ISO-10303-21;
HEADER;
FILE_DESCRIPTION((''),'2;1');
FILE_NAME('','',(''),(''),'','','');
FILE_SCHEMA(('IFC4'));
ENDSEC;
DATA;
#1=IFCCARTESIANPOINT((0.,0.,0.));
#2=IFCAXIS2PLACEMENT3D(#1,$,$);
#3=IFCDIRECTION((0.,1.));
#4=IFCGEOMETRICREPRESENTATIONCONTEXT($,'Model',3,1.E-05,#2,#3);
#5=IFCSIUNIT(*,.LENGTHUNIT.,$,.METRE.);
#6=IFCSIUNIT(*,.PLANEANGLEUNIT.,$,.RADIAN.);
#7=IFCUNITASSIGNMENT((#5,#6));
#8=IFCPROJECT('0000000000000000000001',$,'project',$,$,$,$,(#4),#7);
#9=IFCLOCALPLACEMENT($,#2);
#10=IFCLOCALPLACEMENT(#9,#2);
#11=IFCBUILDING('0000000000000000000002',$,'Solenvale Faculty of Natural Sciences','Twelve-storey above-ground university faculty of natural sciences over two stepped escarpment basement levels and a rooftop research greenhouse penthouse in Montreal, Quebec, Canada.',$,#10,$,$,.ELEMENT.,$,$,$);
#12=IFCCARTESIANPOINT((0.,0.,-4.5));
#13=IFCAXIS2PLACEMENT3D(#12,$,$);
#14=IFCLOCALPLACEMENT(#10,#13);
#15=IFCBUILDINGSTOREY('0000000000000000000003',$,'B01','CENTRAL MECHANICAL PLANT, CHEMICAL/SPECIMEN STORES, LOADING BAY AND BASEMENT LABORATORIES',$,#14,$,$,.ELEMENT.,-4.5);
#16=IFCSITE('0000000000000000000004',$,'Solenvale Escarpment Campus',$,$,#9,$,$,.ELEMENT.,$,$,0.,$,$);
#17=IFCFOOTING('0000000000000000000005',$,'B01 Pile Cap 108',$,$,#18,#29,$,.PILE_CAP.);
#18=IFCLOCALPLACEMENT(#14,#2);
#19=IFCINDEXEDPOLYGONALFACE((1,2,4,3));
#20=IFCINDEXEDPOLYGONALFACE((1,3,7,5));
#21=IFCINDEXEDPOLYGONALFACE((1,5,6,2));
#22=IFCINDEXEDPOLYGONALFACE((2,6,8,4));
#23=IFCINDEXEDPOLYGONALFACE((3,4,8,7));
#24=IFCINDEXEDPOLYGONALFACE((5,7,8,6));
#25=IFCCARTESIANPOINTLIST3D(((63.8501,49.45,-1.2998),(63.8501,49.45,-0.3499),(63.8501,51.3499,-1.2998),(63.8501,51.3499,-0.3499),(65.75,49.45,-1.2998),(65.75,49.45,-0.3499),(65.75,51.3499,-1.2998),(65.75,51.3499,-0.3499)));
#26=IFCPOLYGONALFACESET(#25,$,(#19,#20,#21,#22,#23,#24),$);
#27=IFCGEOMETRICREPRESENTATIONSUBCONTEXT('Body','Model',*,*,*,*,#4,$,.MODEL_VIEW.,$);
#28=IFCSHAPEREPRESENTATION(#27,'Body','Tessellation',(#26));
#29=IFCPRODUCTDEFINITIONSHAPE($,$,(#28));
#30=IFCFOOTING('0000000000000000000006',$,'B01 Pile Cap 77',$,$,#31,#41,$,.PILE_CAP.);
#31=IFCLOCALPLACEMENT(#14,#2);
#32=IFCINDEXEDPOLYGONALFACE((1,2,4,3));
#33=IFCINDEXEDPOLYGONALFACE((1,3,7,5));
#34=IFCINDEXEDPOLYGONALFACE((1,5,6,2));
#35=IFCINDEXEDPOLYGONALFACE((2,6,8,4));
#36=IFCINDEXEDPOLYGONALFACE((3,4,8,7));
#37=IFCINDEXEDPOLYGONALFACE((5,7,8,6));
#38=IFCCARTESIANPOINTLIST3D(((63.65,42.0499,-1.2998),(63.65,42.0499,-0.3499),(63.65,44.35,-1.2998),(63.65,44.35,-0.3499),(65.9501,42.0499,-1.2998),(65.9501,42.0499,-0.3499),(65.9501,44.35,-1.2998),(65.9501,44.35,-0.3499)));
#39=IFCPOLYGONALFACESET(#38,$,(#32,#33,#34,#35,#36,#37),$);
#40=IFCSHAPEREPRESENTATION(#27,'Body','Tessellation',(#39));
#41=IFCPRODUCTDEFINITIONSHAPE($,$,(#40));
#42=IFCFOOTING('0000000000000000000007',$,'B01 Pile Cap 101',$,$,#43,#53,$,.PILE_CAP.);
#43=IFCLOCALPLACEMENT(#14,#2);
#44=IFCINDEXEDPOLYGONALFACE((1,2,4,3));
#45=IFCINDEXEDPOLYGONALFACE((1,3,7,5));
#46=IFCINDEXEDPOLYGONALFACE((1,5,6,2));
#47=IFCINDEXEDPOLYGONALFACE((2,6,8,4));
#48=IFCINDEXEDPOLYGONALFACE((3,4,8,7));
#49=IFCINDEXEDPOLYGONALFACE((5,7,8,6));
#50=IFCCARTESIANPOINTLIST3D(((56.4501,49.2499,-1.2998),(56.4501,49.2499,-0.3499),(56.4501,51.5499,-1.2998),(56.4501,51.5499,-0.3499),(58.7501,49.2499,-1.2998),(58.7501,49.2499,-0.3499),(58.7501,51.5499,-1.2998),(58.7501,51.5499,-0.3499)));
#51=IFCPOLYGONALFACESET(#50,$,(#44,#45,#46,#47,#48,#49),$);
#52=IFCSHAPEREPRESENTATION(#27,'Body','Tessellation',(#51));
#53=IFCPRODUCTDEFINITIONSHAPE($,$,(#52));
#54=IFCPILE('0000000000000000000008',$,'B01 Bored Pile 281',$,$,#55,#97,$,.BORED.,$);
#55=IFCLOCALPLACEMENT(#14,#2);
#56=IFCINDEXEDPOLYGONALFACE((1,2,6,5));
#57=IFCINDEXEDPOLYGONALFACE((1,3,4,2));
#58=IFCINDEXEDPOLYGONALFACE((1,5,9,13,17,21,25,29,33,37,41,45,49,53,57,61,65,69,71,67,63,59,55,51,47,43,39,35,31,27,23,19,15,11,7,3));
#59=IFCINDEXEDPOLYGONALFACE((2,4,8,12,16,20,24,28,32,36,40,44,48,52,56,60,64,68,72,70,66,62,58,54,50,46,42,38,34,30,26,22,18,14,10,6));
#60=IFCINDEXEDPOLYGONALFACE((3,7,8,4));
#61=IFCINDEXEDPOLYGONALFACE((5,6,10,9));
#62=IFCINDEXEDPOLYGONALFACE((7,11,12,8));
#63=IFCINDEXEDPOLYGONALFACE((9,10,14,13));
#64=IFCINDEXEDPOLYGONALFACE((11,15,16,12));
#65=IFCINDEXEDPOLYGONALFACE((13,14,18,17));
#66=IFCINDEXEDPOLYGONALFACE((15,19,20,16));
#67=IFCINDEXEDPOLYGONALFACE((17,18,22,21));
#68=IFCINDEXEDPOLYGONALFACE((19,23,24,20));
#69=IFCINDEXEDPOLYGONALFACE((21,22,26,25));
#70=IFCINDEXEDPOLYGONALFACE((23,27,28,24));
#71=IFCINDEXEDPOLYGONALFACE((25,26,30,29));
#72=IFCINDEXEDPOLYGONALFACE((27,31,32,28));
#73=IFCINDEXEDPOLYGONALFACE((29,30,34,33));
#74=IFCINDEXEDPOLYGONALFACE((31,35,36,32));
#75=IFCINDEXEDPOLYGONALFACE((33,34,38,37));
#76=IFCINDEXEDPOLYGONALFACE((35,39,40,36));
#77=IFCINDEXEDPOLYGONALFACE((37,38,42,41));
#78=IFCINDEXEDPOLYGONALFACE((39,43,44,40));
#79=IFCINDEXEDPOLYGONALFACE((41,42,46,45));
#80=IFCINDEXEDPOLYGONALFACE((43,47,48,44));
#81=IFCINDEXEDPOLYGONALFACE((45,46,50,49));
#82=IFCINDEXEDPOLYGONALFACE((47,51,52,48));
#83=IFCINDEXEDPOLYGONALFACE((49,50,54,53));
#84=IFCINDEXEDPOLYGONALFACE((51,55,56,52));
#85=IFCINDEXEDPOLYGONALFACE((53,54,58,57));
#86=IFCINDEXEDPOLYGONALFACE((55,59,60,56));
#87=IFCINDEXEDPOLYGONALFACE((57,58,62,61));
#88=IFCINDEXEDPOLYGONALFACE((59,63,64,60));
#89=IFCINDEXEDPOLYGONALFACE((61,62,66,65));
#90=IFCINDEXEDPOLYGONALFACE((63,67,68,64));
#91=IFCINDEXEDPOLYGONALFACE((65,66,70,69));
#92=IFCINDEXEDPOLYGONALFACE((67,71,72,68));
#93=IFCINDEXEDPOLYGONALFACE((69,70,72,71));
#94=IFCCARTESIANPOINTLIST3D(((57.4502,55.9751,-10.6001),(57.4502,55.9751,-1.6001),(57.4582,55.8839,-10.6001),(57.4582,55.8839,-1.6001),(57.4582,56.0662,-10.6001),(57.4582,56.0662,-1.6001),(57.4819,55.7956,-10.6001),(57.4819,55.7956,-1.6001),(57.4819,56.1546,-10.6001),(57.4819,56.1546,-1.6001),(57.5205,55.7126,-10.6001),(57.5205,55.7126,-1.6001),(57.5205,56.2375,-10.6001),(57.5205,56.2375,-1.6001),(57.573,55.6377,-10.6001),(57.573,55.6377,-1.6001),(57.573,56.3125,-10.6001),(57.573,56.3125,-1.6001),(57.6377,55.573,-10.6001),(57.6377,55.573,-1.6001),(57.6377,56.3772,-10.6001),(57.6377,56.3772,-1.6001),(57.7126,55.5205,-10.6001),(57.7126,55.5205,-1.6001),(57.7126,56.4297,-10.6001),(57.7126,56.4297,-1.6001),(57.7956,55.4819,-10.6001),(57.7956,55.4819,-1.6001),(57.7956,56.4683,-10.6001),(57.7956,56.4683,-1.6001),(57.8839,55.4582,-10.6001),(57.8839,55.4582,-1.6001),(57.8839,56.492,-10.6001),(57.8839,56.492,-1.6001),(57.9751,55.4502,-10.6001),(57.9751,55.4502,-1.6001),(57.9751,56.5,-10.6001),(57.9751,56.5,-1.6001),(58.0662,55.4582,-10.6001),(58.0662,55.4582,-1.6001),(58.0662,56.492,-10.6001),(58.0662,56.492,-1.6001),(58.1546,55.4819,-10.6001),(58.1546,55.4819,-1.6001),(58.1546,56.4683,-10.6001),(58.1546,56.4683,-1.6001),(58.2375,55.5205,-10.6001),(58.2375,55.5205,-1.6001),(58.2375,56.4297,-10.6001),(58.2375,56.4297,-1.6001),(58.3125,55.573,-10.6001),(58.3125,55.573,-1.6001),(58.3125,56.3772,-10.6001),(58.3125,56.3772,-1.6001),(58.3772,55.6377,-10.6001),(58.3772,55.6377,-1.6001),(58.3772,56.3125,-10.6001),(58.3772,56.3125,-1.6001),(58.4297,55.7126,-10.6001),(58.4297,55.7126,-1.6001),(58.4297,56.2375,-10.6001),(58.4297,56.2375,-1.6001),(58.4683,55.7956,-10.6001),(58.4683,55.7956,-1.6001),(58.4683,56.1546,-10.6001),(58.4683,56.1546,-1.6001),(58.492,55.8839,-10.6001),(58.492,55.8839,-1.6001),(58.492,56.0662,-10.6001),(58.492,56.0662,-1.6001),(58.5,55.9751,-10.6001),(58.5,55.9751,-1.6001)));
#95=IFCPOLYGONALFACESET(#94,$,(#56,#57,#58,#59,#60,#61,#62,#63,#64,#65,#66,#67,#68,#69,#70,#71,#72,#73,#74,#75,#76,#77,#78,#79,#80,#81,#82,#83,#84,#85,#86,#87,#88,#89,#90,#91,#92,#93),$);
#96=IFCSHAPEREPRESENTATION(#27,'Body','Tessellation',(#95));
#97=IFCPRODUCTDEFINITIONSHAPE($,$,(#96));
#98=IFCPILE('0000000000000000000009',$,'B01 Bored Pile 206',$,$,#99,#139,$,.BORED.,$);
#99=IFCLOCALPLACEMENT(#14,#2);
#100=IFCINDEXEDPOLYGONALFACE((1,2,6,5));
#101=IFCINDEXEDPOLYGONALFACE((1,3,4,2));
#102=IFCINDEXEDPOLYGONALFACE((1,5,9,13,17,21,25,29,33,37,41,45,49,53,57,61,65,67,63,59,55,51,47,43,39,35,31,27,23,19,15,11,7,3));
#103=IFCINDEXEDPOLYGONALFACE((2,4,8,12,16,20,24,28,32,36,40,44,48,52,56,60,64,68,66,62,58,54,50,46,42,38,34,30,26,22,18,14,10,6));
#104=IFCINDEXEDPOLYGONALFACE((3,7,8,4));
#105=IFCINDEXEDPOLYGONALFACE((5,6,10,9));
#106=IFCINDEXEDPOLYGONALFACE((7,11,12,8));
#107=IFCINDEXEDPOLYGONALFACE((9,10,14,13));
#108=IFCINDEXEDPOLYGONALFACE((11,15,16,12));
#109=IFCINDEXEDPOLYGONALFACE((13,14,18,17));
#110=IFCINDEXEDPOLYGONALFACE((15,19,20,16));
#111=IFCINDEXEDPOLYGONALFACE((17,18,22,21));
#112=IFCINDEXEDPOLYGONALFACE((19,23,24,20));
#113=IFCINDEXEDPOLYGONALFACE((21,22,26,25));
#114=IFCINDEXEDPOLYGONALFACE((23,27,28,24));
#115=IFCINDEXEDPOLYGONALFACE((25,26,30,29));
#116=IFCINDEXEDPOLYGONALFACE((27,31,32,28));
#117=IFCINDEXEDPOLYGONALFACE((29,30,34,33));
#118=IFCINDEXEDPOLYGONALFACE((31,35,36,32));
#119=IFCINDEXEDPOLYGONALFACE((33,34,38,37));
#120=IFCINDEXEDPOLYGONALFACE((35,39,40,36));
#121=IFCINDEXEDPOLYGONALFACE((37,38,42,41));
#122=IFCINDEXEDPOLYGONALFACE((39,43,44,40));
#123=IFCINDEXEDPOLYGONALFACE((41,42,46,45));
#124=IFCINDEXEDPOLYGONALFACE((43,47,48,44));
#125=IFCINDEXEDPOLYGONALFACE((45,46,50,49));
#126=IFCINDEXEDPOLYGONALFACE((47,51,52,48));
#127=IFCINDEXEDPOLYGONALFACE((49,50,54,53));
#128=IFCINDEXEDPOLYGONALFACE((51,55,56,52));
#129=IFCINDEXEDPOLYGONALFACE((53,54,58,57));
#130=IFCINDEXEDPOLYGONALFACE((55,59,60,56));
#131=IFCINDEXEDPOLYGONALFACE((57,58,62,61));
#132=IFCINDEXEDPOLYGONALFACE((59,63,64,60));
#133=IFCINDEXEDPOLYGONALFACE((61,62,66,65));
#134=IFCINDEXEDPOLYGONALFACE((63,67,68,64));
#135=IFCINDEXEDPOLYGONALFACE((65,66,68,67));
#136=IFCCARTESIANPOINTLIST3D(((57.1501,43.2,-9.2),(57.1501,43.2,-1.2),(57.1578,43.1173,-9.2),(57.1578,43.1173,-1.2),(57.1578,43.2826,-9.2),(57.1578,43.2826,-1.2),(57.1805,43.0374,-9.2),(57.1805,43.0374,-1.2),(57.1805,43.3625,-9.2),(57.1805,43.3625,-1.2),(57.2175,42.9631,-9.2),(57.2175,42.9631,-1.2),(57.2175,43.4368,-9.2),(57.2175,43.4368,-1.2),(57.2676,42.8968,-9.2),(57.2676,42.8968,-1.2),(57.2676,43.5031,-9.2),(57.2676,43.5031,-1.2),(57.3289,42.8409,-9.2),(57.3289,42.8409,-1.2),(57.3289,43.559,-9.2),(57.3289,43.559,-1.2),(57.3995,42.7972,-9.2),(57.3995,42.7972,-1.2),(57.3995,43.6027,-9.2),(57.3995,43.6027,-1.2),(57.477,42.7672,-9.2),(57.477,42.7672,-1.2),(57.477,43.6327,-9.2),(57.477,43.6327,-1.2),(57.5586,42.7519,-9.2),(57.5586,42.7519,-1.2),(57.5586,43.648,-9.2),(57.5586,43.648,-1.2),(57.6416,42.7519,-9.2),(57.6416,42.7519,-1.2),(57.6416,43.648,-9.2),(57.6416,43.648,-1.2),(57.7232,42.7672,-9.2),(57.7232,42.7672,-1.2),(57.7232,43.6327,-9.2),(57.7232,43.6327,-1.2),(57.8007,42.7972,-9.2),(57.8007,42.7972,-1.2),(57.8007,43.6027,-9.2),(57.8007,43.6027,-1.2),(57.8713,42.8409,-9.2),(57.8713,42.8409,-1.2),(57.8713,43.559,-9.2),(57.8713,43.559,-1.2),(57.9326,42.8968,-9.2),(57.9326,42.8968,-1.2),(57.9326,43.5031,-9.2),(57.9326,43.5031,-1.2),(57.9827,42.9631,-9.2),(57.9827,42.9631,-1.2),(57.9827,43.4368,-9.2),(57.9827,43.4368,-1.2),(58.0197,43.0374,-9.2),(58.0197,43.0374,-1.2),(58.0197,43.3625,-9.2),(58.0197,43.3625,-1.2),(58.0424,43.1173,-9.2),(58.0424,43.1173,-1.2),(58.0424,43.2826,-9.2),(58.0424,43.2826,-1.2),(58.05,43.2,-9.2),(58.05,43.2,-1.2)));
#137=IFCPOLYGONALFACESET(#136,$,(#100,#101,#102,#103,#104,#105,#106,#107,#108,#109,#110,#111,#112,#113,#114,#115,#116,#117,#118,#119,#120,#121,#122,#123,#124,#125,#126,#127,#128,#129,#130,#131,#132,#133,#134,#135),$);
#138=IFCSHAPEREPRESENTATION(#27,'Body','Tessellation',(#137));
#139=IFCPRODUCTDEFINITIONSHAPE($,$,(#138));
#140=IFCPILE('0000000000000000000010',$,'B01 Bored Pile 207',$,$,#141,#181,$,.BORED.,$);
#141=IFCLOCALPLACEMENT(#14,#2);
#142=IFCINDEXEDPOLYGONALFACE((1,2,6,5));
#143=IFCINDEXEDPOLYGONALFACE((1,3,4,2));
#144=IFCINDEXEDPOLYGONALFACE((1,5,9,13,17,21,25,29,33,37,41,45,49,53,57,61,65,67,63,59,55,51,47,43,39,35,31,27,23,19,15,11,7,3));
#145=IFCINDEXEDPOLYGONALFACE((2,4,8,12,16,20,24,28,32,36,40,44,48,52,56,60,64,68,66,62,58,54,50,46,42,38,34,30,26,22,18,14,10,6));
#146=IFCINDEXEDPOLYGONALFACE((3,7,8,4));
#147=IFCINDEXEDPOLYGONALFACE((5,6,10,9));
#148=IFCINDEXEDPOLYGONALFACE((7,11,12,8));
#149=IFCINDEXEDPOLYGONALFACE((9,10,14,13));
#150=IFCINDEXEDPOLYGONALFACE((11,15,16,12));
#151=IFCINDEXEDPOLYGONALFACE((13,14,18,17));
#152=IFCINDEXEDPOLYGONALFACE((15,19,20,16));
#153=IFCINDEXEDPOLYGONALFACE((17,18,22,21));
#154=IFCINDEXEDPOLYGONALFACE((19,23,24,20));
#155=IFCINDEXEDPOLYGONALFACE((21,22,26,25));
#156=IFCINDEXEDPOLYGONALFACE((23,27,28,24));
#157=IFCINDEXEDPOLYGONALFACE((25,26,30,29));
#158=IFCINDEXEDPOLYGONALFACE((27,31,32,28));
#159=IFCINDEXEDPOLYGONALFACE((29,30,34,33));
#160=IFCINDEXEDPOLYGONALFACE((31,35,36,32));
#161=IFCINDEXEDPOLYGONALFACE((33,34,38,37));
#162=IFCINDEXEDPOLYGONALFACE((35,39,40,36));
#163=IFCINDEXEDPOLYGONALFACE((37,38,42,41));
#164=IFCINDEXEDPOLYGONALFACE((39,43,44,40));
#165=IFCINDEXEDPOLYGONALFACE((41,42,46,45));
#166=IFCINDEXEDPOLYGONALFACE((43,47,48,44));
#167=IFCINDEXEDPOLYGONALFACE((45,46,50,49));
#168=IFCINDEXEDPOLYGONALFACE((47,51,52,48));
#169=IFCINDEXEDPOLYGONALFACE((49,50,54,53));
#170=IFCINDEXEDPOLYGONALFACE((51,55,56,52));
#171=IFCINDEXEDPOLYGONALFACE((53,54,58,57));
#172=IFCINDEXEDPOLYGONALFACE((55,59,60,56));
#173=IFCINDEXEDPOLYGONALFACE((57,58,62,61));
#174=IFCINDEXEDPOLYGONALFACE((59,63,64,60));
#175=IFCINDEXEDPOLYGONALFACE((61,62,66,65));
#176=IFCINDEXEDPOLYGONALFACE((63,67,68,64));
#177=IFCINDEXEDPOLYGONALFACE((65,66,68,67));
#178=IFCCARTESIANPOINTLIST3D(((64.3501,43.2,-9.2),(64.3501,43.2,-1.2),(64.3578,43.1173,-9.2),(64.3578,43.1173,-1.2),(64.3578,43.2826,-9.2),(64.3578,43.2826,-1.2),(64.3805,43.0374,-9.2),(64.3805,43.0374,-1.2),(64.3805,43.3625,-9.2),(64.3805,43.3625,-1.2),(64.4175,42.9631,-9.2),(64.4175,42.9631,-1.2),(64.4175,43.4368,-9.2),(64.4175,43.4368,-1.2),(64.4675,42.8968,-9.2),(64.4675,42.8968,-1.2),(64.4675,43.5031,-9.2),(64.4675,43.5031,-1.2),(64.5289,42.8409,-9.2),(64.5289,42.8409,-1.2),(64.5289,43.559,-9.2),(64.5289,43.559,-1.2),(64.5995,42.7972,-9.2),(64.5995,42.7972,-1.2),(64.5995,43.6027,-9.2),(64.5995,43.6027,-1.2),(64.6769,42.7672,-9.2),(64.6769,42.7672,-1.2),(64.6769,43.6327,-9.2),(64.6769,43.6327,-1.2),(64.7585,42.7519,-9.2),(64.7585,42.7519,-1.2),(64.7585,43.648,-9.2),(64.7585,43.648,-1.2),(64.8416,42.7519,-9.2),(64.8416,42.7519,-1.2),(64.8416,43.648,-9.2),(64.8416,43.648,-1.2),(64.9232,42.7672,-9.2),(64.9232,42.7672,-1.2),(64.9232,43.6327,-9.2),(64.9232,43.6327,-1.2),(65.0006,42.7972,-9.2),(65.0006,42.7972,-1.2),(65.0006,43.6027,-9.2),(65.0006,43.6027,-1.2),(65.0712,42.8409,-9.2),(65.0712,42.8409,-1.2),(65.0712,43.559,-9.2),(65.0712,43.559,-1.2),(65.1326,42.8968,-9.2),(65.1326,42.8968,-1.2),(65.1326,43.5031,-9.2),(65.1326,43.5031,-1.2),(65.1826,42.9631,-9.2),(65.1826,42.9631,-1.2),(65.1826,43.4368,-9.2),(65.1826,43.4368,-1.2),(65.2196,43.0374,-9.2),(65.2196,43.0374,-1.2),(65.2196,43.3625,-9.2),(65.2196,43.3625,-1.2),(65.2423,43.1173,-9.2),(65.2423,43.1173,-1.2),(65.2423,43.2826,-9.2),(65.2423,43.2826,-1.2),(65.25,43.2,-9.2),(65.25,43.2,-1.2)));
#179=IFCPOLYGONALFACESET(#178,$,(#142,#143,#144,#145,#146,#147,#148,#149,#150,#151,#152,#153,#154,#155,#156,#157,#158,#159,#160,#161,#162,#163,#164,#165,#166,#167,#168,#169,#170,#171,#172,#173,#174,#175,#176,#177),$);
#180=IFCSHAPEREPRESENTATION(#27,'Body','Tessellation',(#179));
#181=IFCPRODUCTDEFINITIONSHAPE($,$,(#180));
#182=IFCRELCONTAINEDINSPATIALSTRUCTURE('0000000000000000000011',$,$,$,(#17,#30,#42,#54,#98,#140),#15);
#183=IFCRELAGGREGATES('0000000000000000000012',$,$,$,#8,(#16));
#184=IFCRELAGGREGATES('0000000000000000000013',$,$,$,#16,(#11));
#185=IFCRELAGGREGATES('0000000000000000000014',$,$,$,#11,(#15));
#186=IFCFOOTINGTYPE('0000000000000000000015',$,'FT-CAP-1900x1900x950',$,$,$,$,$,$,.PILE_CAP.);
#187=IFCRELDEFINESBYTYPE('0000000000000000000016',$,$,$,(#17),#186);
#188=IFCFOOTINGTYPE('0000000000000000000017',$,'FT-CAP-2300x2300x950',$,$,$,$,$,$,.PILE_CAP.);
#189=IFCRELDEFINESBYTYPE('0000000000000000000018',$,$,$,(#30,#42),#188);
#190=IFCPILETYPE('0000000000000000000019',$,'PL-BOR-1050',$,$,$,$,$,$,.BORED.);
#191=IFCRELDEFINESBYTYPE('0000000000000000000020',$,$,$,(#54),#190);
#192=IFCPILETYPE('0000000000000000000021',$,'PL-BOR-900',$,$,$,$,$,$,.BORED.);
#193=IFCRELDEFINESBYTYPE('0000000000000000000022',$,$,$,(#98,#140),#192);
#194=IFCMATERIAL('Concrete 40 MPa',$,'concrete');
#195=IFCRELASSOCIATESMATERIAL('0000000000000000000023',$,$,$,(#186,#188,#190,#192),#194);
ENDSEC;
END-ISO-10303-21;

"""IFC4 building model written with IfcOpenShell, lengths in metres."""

from ifc_helpers import new_model, si_unit, direction, frame, origin, origin_2d, place, context, subcontext, project, spatial, rectangle, circle, extrude, material, material_profile, profile_set, type_object, element, save


model = new_model("IFC4")

# Units and contexts
model_context = context("Model", 3, precision=1e-05, world=origin(), true_north=direction((0.0, 1.0)))
body_context = subcontext(model_context, "Body", "Model", "MODEL_VIEW")
ifc_project = project(units=[si_unit("LENGTHUNIT", "METRE"), si_unit("PLANEANGLEUNIT", "RADIAN")], contexts=[model_context])

# Site, building, storey
site_placement = place(None, origin())
site = spatial("IfcSite", under=ifc_project, at=site_placement, Name="Solenvale Escarpment Campus", CompositionType="ELEMENT", RefElevation=0.0)
building_placement = place(site_placement, origin())
building = spatial("IfcBuilding", under=site, at=building_placement, Name="Solenvale Faculty of Natural Sciences", Description="Twelve-storey above-ground university faculty of natural sciences over two stepped escarpment basement levels and a rooftop research greenhouse penthouse in Montreal, Quebec, Canada.", CompositionType="ELEMENT")
storey_placement = place(building_placement, frame((0.0, 0.0, -4.5)))
storey = spatial("IfcBuildingStorey", under=building, at=storey_placement, Name="B01", Description="CENTRAL MECHANICAL PLANT, CHEMICAL/SPECIMEN STORES, LOADING BAY AND BASEMENT LABORATORIES", CompositionType="ELEMENT", Elevation=-4.5)

# Footings
ifc_material_1 = material(Name="Concrete 40 MPa", Category="concrete")
footing_type_1 = type_object("IfcFootingType", Name="FT-CAP-1900x1900x950", PredefinedType="PILE_CAP", material=ifc_material_1)
footing_placement = place(storey_placement, frame((64.8, 50.3999, -1.2998), z_axis=(0.0, 0.0, 1.0), x_axis=(1.0, 0.0, 0.0)))
element("IfcFooting", 1, at=footing_placement, inside=storey, type_object=footing_type_1, Name="B01 Pile Cap 108", PredefinedType="PILE_CAP", context=body_context, shape_type="SweptSolid", body=[
    extrude(rectangle(XDim=1.8999, YDim=1.8999, at=origin_2d()), origin(), (0.0, 0.0, 1.0), 0.95),
])
footing_type_2 = type_object("IfcFootingType", Name="FT-CAP-2300x2300x950", PredefinedType="PILE_CAP", material=ifc_material_1)
for number, where, z_axis, x_axis, name in (
    (2, (64.8, 43.2, -1.2998), (0.0, 0.0, 1.0), (1.0, 0.0, 0.0), "B01 Pile Cap 77"),
    (3, (57.6001, 50.3999, -1.2998), (0.0, 0.0, 1.0), (1.0, 0.0, 0.0), "B01 Pile Cap 101"),
):
    element("IfcFooting", number, at=place(storey_placement, frame(where, z_axis=z_axis, x_axis=x_axis)), inside=storey, type_object=footing_type_2, Name=name, PredefinedType="PILE_CAP", context=body_context, shape_type="SweptSolid", body=[
        extrude(rectangle(XDim=2.3, YDim=2.3, at=origin_2d()), origin(), (0.0, 0.0, 1.0), 0.95),
    ])

# Piles
ifc_material_profile_1 = material_profile(ifc_material_1, circle(Radius=0.5249, at=origin_2d()), Name="PILE-D1050")
ifc_profile_set_1 = profile_set([ifc_material_profile_1], Name="Concrete 40 MPa")
pile_type_1 = type_object("IfcPileType", Name="PL-BOR-1050", PredefinedType="BORED", material=ifc_profile_set_1)
pile_placement = place(storey_placement, frame((57.9751, 55.9751, -1.6001), z_axis=(0.0, 0.0, -1.0), x_axis=(1.0, 0.0, 0.0)))
element("IfcPile", 4, at=pile_placement, inside=storey, type_object=pile_type_1, Name="B01 Bored Pile 281", PredefinedType="BORED", context=body_context, shape_type="SweptSolid", body=[
    extrude(circle(Radius=0.5249, at=origin_2d()), origin(), (0.0, 0.0, 1.0), 9.0),
])
ifc_material_profile_2 = material_profile(ifc_material_1, circle(Radius=0.45, at=origin_2d()), Name="PILE-D900")
ifc_profile_set_2 = profile_set([ifc_material_profile_2], Name="Concrete 40 MPa")
pile_type_2 = type_object("IfcPileType", Name="PL-BOR-900", PredefinedType="BORED", material=ifc_profile_set_2)
for number, where, z_axis, x_axis, name in (
    (5, (57.6001, 43.2, -1.2), (0.0, 0.0, -1.0), (1.0, 0.0, 0.0), "B01 Bored Pile 206"),
    (6, (64.8, 43.2, -1.2), (0.0, 0.0, -1.0), (1.0, 0.0, 0.0), "B01 Bored Pile 207"),
):
    element("IfcPile", number, at=place(storey_placement, frame(where, z_axis=z_axis, x_axis=x_axis)), inside=storey, type_object=pile_type_2, Name=name, PredefinedType="BORED", context=body_context, shape_type="SweptSolid", body=[
        extrude(circle(Radius=0.45, at=origin_2d()), origin(), (0.0, 0.0, 1.0), 8.0),
    ])

save(model, "model.ifc")
